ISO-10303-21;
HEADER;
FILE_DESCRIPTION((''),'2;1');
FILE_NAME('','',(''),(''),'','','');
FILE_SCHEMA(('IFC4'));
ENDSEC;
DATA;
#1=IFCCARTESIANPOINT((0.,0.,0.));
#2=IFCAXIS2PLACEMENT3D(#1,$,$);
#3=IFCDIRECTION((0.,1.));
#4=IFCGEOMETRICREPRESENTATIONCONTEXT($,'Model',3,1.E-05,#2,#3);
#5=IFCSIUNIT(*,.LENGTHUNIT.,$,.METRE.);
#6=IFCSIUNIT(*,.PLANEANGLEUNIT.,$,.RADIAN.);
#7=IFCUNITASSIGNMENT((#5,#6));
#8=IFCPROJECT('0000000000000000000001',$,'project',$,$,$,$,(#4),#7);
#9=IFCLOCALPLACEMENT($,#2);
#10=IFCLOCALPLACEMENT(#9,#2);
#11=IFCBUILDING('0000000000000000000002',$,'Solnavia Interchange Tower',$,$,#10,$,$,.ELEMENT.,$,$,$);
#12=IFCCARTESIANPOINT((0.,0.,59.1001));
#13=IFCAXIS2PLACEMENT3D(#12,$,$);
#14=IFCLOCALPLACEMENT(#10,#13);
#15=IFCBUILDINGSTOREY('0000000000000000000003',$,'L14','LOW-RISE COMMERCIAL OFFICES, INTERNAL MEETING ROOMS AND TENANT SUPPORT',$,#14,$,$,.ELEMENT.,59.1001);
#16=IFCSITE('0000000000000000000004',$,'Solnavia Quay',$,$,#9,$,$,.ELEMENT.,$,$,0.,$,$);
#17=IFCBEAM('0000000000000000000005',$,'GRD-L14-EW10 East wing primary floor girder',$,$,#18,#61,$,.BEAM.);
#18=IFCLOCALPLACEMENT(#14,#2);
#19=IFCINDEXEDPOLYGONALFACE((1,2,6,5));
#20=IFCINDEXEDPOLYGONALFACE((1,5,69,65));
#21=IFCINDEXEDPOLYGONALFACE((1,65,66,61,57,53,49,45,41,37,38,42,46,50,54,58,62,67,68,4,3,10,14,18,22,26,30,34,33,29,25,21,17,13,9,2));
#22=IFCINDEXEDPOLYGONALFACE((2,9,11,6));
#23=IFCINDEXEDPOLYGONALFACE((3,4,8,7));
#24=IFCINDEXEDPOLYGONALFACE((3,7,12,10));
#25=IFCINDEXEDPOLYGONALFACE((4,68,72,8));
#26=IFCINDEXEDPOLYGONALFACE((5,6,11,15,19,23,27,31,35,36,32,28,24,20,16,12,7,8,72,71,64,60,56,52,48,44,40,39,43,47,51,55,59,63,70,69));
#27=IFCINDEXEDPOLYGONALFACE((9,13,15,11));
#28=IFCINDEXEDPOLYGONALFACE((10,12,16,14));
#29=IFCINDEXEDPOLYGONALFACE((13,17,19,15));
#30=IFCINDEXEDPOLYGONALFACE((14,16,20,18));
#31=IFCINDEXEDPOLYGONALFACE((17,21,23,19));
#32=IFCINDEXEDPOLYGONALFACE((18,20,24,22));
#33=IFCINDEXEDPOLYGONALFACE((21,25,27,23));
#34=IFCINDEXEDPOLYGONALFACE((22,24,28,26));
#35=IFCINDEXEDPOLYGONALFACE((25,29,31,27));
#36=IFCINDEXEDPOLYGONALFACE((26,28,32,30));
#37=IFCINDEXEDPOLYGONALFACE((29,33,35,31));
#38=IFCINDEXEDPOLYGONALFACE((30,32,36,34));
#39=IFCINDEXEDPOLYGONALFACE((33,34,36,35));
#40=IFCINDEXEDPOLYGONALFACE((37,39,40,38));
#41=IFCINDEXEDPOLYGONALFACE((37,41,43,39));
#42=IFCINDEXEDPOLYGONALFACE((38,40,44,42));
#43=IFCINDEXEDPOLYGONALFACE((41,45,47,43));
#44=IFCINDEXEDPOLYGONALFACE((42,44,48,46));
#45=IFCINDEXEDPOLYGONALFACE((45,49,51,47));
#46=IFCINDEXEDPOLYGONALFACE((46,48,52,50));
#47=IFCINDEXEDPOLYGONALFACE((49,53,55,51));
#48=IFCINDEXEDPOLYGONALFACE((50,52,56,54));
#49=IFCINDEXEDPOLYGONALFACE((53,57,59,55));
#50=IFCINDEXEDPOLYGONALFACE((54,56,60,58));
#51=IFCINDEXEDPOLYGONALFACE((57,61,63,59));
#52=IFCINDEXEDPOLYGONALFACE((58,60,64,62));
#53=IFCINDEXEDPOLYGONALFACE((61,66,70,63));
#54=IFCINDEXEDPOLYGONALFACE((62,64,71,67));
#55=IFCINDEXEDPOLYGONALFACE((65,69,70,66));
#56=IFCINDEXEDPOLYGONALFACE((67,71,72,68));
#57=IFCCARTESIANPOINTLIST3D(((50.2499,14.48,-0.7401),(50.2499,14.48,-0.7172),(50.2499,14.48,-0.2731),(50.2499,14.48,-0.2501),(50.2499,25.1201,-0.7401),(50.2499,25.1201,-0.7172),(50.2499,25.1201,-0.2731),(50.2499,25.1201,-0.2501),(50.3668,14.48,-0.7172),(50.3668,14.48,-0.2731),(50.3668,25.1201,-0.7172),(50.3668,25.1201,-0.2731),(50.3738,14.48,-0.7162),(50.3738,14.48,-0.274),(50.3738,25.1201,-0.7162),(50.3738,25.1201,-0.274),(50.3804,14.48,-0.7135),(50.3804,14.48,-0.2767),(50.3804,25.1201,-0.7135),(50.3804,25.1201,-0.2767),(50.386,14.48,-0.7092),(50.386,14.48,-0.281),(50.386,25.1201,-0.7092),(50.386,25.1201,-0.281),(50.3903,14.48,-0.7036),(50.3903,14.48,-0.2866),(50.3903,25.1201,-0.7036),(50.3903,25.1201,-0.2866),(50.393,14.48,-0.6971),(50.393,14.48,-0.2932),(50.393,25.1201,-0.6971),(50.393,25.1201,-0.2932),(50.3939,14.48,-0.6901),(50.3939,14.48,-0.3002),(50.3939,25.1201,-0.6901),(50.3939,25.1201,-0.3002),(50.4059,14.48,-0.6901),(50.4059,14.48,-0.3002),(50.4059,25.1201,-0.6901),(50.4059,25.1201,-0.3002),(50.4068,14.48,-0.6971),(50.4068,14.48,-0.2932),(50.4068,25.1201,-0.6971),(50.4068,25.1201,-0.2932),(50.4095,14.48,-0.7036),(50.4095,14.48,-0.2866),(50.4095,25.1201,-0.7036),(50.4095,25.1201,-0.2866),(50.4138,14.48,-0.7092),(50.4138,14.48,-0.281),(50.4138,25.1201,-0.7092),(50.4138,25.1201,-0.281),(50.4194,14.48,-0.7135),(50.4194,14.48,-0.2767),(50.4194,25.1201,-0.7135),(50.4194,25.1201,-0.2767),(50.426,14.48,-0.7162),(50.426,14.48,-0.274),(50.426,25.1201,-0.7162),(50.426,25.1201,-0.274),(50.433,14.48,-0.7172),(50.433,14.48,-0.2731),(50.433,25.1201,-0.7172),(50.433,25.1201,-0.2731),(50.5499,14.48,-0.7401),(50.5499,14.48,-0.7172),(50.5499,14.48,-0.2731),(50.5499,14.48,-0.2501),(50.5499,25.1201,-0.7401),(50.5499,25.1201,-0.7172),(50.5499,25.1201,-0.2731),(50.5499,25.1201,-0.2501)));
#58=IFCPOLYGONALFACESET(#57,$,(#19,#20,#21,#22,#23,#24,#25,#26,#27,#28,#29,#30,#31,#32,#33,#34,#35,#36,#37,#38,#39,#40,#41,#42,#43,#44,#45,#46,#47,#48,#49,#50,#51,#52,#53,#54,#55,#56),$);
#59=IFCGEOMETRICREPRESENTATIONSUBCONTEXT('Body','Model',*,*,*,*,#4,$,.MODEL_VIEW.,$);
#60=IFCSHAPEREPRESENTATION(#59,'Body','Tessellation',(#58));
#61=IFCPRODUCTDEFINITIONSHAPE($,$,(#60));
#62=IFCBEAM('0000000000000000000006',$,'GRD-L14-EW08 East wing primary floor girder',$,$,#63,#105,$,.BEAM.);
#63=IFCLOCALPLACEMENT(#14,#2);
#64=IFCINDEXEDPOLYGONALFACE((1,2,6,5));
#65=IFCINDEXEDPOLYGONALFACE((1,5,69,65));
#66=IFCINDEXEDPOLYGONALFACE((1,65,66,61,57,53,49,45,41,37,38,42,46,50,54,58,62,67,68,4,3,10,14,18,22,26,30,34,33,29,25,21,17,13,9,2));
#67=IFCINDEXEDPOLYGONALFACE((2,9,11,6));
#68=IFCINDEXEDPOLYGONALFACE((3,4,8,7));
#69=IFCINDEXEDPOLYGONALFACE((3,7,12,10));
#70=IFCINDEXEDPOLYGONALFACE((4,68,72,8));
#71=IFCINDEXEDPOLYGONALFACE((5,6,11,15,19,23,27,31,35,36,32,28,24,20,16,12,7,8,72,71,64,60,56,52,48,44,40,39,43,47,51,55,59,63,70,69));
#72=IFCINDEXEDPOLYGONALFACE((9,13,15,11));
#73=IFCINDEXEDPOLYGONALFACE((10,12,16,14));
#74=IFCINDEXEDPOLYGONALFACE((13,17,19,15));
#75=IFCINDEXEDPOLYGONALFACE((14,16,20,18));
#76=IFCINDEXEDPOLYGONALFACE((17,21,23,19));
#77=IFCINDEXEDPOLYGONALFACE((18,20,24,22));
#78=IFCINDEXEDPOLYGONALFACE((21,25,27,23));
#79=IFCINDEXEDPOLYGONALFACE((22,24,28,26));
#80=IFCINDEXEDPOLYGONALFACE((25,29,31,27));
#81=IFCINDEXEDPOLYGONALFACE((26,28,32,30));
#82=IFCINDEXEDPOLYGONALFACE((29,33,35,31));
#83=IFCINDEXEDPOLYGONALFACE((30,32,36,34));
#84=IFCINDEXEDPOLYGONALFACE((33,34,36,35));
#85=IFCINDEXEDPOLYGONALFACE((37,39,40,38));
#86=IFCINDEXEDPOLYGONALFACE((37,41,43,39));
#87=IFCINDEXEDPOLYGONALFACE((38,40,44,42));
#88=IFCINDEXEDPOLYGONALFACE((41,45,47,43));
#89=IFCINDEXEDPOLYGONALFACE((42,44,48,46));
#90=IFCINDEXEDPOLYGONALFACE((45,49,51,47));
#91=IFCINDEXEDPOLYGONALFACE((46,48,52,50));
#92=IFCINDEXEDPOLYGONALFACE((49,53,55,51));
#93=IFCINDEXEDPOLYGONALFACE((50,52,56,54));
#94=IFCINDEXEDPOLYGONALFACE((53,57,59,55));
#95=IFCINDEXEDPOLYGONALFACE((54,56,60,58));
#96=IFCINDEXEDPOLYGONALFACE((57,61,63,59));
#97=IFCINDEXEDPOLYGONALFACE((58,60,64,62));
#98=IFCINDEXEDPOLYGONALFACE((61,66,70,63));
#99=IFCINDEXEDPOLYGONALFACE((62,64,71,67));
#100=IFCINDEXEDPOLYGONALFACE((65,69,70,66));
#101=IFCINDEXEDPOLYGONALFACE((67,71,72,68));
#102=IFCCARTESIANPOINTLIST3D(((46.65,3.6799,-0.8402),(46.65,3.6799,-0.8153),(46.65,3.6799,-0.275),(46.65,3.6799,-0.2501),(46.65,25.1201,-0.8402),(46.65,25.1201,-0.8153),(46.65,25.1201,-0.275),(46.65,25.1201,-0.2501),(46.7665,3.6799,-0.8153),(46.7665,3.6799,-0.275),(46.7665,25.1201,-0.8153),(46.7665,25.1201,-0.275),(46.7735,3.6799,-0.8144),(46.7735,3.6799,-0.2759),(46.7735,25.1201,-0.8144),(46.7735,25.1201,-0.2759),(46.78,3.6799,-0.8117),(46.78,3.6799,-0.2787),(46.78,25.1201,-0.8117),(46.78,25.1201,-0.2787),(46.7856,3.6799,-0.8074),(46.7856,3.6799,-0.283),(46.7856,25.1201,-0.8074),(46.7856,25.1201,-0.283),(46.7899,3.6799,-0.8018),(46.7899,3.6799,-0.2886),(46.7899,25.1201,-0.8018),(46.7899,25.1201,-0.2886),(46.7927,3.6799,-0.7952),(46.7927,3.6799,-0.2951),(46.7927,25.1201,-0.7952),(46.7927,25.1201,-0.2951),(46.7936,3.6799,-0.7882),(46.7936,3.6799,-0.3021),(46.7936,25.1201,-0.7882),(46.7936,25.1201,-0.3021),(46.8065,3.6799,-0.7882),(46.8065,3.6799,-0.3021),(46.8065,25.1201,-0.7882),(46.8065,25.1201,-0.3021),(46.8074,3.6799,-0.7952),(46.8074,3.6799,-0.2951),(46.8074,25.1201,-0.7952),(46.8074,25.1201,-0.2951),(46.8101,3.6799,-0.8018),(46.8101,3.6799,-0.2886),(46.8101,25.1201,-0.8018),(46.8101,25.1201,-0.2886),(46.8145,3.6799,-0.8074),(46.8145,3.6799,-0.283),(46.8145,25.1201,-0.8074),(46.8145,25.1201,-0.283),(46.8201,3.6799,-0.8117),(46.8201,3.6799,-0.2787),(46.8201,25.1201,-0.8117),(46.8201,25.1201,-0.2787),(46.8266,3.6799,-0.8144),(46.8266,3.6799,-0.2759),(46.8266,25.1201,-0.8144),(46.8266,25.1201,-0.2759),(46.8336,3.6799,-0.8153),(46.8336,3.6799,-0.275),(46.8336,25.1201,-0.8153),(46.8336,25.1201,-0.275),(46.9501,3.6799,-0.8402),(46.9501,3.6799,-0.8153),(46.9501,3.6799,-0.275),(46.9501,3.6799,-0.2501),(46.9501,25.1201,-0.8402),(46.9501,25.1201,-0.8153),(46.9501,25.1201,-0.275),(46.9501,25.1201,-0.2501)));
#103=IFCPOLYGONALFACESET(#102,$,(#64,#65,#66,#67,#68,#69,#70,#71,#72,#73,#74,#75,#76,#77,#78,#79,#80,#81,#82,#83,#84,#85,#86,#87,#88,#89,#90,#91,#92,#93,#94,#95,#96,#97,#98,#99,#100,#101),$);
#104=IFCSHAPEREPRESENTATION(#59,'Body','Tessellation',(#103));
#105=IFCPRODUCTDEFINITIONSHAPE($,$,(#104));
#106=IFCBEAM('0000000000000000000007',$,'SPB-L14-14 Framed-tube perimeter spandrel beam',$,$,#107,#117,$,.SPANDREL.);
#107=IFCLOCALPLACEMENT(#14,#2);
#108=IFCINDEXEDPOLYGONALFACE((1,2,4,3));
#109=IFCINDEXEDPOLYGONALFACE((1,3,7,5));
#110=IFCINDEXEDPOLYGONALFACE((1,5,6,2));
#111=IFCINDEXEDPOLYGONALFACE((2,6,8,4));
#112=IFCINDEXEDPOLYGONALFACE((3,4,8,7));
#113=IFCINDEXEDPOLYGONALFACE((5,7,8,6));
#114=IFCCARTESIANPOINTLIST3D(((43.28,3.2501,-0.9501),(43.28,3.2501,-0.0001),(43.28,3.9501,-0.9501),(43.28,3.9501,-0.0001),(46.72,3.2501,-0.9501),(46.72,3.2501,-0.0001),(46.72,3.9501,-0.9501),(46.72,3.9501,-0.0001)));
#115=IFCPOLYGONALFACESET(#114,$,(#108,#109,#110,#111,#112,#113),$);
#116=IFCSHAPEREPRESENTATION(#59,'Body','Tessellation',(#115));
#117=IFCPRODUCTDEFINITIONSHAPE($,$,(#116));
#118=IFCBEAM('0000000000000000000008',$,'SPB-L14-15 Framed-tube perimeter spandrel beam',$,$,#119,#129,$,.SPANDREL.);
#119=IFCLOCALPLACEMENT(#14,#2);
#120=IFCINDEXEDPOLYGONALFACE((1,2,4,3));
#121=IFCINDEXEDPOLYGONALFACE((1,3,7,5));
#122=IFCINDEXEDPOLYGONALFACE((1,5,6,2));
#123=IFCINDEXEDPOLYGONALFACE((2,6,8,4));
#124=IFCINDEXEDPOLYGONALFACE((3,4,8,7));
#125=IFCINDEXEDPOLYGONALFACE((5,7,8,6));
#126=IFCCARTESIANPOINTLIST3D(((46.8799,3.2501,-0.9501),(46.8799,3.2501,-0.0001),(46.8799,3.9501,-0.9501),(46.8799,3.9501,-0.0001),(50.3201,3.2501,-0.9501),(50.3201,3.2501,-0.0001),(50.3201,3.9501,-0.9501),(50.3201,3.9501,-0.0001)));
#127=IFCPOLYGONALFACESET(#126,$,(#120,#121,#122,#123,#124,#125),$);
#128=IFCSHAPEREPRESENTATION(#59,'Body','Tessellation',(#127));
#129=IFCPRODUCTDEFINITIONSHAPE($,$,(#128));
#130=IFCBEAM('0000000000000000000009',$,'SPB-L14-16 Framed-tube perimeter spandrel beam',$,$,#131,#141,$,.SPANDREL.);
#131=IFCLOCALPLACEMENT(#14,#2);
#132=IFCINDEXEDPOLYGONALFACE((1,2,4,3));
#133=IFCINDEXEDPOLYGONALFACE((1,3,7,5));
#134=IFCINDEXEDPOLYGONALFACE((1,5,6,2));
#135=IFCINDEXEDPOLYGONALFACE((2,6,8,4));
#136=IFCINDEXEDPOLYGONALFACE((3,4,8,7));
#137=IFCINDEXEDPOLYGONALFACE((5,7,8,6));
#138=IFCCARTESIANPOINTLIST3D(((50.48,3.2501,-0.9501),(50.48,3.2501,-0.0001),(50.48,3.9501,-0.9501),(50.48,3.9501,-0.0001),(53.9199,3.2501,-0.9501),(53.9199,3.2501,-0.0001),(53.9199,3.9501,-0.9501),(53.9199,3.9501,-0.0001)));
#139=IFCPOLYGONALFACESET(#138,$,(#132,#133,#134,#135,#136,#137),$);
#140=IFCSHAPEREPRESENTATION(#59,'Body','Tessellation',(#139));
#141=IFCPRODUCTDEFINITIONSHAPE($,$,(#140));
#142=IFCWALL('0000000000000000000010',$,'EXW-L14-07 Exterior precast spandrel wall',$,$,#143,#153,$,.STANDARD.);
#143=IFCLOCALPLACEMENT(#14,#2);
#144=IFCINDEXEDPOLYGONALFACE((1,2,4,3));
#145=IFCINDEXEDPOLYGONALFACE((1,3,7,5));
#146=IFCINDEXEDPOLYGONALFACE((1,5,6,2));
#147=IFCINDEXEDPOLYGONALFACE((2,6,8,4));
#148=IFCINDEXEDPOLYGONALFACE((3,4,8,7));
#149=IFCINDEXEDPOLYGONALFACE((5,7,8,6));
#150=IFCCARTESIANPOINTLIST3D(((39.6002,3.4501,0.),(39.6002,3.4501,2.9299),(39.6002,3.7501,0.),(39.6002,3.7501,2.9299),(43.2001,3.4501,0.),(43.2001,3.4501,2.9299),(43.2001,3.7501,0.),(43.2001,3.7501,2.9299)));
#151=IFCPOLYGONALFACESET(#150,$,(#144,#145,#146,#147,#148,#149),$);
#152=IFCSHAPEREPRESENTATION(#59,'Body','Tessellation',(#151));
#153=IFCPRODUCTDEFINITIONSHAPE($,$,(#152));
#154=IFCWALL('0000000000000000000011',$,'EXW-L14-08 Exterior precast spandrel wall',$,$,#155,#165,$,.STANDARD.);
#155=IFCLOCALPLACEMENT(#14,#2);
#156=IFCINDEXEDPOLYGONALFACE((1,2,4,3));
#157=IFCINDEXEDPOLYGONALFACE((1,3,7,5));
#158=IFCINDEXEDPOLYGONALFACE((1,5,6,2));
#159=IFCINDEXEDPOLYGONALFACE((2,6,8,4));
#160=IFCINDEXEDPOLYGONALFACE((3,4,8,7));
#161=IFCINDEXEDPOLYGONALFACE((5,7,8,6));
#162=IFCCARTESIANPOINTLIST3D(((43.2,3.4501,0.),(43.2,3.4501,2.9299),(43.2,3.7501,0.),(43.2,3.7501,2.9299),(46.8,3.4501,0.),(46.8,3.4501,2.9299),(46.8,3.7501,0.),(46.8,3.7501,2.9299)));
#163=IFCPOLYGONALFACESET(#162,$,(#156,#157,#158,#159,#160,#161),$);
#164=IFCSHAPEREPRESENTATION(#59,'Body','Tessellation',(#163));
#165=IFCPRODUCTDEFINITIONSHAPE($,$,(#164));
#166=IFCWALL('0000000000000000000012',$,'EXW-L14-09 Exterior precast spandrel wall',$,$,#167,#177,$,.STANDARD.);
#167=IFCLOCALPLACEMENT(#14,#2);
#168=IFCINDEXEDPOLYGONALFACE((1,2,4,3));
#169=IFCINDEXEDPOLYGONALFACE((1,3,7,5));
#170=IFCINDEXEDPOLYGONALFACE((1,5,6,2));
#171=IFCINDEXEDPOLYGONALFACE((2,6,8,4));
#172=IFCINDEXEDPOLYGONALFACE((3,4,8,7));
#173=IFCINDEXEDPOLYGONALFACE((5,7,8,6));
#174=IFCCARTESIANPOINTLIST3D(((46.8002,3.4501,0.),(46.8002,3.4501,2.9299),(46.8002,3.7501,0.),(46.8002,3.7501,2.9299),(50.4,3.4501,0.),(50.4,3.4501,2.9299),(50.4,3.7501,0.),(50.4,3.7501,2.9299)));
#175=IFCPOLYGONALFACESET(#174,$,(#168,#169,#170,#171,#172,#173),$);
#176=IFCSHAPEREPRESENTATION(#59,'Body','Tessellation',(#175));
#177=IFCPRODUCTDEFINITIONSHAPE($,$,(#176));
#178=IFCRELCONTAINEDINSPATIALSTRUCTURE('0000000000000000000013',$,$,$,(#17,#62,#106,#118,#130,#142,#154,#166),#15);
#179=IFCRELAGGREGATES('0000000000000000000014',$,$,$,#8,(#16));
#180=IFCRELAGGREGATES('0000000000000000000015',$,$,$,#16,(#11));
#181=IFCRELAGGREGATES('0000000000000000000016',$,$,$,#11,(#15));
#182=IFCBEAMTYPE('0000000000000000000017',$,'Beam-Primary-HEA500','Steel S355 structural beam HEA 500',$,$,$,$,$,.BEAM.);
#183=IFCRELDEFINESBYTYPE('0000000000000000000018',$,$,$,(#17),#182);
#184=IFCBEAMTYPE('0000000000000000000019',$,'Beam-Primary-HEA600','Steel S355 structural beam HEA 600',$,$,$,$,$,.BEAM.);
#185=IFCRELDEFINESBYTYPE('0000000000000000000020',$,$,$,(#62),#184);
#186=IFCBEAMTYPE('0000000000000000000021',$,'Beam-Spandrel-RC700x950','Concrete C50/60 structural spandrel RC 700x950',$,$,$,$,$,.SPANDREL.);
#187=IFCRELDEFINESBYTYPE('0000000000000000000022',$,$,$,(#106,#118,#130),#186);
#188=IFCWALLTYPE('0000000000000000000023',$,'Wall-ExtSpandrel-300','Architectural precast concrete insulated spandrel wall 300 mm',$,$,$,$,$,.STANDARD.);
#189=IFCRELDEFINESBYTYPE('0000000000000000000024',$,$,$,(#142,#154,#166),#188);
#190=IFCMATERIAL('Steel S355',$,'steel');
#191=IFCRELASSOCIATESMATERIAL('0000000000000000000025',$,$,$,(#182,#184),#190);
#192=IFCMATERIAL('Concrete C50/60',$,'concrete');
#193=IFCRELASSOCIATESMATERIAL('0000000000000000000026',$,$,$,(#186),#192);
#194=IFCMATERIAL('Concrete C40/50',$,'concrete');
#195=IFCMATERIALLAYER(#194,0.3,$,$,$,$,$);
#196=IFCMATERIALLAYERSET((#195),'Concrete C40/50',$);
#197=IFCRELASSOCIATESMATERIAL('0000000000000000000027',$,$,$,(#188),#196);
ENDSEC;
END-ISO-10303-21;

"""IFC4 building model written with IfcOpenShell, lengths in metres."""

from ifc_helpers import new_model, si_unit, direction, frame, frame_2d, origin, origin_2d, place, context, subcontext, project, spatial, rectangle, i_section, extrude, material, layer, layer_set, material_profile, profile_set, type_object, element, save


model = new_model("IFC4")

# Units and contexts
model_context = context("Model", 3, precision=1e-05, world=origin(), true_north=direction((0.0, 1.0)))
body_context = subcontext(model_context, "Body", "Model", "MODEL_VIEW")
ifc_project = project(units=[si_unit("LENGTHUNIT", "METRE"), si_unit("PLANEANGLEUNIT", "RADIAN")], contexts=[model_context])

# Site, building, storey
site_placement = place(None, origin())
site = spatial("IfcSite", under=ifc_project, at=site_placement, Name="Solnavia Quay", CompositionType="ELEMENT", RefElevation=0.0)
building_placement = place(site_placement, origin())
building = spatial("IfcBuilding", under=site, at=building_placement, Name="Solnavia Interchange Tower", CompositionType="ELEMENT")
storey_placement = place(building_placement, frame((0.0, 0.0, 59.1001)))
storey = spatial("IfcBuildingStorey", under=building, at=storey_placement, Name="L14", Description="LOW-RISE COMMERCIAL OFFICES, INTERNAL MEETING ROOMS AND TENANT SUPPORT", CompositionType="ELEMENT", Elevation=59.1001)

# Shared definitions
ifc_material_1 = material(Name="Steel S355", Category="steel")

# Beams
ifc_material_profile_1 = material_profile(ifc_material_1, i_section(OverallWidth=0.3, OverallDepth=0.49, WebThickness=0.012, FlangeThickness=0.0229, FilletRadius=0.0271, at=origin_2d()), Name="HEA 500")
ifc_profile_set_1 = profile_set([ifc_material_profile_1], Name="Steel S355")
beam_type_1 = type_object("IfcBeamType", Name="Beam-Primary-HEA500", Description="Steel S355 structural beam HEA 500", PredefinedType="BEAM", material=ifc_profile_set_1)
for number, where, z_axis, x_axis, name in (
    (1, (50.3999, 14.48, -0.4951), (0.0, 1.0, 0.0), (-1.0, 0.0, 0.0), "GRD-L14-EW10 East wing primary floor girder"),
):
    element("IfcBeam", number, at=place(storey_placement, frame(where, z_axis=z_axis, x_axis=x_axis)), inside=storey, type_object=beam_type_1, Name=name, PredefinedType="BEAM", context=body_context, shape_type="SweptSolid", body=[
        extrude(i_section(OverallWidth=0.3, OverallDepth=0.49, WebThickness=0.012, FlangeThickness=0.0229, FilletRadius=0.0271, at=origin_2d()), origin(), (0.0, 0.0, 1.0), 10.6401),
    ])
ifc_material_profile_2 = material_profile(ifc_material_1, i_section(OverallWidth=0.3, OverallDepth=0.5901, WebThickness=0.0129, FlangeThickness=0.0249, FilletRadius=0.0271, at=origin_2d()), Name="HEA 600")
ifc_profile_set_2 = profile_set([ifc_material_profile_2], Name="Steel S355")
beam_type_2 = type_object("IfcBeamType", Name="Beam-Primary-HEA600", Description="Steel S355 structural beam HEA 600", PredefinedType="BEAM", material=ifc_profile_set_2)
beam_1_placement = place(storey_placement, frame((46.8, 3.6799, -0.5452), z_axis=(0.0, 1.0, 0.0), x_axis=(-1.0, 0.0, 0.0)))
element("IfcBeam", 2, at=beam_1_placement, inside=storey, type_object=beam_type_2, Name="GRD-L14-EW08 East wing primary floor girder", PredefinedType="BEAM", context=body_context, shape_type="SweptSolid", body=[
    extrude(i_section(OverallWidth=0.3, OverallDepth=0.5901, WebThickness=0.0129, FlangeThickness=0.0249, FilletRadius=0.0271, at=origin_2d()), origin(), (0.0, 0.0, 1.0), 21.4402),
])
ifc_material_2 = material(Name="Concrete C50/60", Category="concrete")
ifc_material_profile_3 = material_profile(ifc_material_2, rectangle(XDim=0.7, YDim=0.95, at=origin_2d()), Name="RC 700x950")
ifc_profile_set_3 = profile_set([ifc_material_profile_3], Name="Concrete C50/60")
beam_type_3 = type_object("IfcBeamType", Name="Beam-Spandrel-RC700x950", Description="Concrete C50/60 structural spandrel RC 700x950", PredefinedType="SPANDREL", material=ifc_profile_set_3)
beam_2_placement = place(storey_placement, frame((43.28, 3.6001, -0.4751), z_axis=(1.0, 0.0, 0.0), x_axis=(0.0, 1.0, 0.0)))
element("IfcBeam", 3, at=beam_2_placement, inside=storey, type_object=beam_type_3, Name="SPB-L14-14 Framed-tube perimeter spandrel beam", PredefinedType="SPANDREL", context=body_context, shape_type="SweptSolid", body=[
    extrude(rectangle(XDim=0.7, YDim=0.95, at=origin_2d()), origin(), (0.0, 0.0, 1.0), 3.4399),
])
beam_3_placement = place(storey_placement, frame((46.8799, 3.6001, -0.4751), z_axis=(1.0, 0.0, 0.0), x_axis=(0.0, 1.0, 0.0)))
element("IfcBeam", 4, at=beam_3_placement, inside=storey, type_object=beam_type_3, Name="SPB-L14-15 Framed-tube perimeter spandrel beam", PredefinedType="SPANDREL", context=body_context, shape_type="SweptSolid", body=[
    extrude(rectangle(XDim=0.7, YDim=0.95, at=origin_2d()), origin(), (0.0, 0.0, 1.0), 3.4402),
])
beam_4_placement = place(storey_placement, frame((50.48, 3.6001, -0.4751), z_axis=(1.0, 0.0, 0.0), x_axis=(0.0, 1.0, 0.0)))
element("IfcBeam", 5, at=beam_4_placement, inside=storey, type_object=beam_type_3, Name="SPB-L14-16 Framed-tube perimeter spandrel beam", PredefinedType="SPANDREL", context=body_context, shape_type="SweptSolid", body=[
    extrude(rectangle(XDim=0.7, YDim=0.95, at=origin_2d()), origin(), (0.0, 0.0, 1.0), 3.4399),
])

# Walls
ifc_material_3 = material(Name="Concrete C40/50", Category="concrete")
ifc_layer = layer(ifc_material_3, 0.3)
ifc_layer_set = layer_set([ifc_layer], Name="Concrete C40/50")
wall_type = type_object("IfcWallType", Name="Wall-ExtSpandrel-300", Description="Architectural precast concrete insulated spandrel wall 300 mm", PredefinedType="STANDARD", material=ifc_layer_set)
wall_1_placement = place(storey_placement, frame((43.2, 3.6001, 0.0), z_axis=(0.0, 0.0, 1.0), x_axis=(-1.0, 0.0, 0.0)))
element("IfcWall", 6, at=wall_1_placement, inside=storey, type_object=wall_type, Name="EXW-L14-07 Exterior precast spandrel wall", PredefinedType="STANDARD", context=body_context, shape_type="SweptSolid", body=[
    extrude(rectangle(XDim=3.5999, YDim=0.3, at=frame_2d((1.7998, 0.0))), origin(), (0.0, 0.0, 1.0), 2.9299),
])
wall_2_placement = place(storey_placement, frame((46.8, 3.6001, 0.0), z_axis=(0.0, 0.0, 1.0), x_axis=(-1.0, 0.0, 0.0)))
element("IfcWall", 7, at=wall_2_placement, inside=storey, type_object=wall_type, Name="EXW-L14-08 Exterior precast spandrel wall", PredefinedType="STANDARD", context=body_context, shape_type="SweptSolid", body=[
    extrude(rectangle(XDim=3.6001, YDim=0.3, at=frame_2d((1.8, 0.0))), origin(), (0.0, 0.0, 1.0), 2.9299),
])
wall_3_placement = place(storey_placement, frame((50.3999, 3.6001, 0.0), z_axis=(0.0, 0.0, 1.0), x_axis=(-1.0, 0.0, 0.0)))
element("IfcWall", 8, at=wall_3_placement, inside=storey, type_object=wall_type, Name="EXW-L14-09 Exterior precast spandrel wall", PredefinedType="STANDARD", context=body_context, shape_type="SweptSolid", body=[
    extrude(rectangle(XDim=3.5999, YDim=0.3, at=frame_2d((1.7998, 0.0))), origin(), (0.0, 0.0, 1.0), 2.9299),
])

save(model, "model.ifc")
